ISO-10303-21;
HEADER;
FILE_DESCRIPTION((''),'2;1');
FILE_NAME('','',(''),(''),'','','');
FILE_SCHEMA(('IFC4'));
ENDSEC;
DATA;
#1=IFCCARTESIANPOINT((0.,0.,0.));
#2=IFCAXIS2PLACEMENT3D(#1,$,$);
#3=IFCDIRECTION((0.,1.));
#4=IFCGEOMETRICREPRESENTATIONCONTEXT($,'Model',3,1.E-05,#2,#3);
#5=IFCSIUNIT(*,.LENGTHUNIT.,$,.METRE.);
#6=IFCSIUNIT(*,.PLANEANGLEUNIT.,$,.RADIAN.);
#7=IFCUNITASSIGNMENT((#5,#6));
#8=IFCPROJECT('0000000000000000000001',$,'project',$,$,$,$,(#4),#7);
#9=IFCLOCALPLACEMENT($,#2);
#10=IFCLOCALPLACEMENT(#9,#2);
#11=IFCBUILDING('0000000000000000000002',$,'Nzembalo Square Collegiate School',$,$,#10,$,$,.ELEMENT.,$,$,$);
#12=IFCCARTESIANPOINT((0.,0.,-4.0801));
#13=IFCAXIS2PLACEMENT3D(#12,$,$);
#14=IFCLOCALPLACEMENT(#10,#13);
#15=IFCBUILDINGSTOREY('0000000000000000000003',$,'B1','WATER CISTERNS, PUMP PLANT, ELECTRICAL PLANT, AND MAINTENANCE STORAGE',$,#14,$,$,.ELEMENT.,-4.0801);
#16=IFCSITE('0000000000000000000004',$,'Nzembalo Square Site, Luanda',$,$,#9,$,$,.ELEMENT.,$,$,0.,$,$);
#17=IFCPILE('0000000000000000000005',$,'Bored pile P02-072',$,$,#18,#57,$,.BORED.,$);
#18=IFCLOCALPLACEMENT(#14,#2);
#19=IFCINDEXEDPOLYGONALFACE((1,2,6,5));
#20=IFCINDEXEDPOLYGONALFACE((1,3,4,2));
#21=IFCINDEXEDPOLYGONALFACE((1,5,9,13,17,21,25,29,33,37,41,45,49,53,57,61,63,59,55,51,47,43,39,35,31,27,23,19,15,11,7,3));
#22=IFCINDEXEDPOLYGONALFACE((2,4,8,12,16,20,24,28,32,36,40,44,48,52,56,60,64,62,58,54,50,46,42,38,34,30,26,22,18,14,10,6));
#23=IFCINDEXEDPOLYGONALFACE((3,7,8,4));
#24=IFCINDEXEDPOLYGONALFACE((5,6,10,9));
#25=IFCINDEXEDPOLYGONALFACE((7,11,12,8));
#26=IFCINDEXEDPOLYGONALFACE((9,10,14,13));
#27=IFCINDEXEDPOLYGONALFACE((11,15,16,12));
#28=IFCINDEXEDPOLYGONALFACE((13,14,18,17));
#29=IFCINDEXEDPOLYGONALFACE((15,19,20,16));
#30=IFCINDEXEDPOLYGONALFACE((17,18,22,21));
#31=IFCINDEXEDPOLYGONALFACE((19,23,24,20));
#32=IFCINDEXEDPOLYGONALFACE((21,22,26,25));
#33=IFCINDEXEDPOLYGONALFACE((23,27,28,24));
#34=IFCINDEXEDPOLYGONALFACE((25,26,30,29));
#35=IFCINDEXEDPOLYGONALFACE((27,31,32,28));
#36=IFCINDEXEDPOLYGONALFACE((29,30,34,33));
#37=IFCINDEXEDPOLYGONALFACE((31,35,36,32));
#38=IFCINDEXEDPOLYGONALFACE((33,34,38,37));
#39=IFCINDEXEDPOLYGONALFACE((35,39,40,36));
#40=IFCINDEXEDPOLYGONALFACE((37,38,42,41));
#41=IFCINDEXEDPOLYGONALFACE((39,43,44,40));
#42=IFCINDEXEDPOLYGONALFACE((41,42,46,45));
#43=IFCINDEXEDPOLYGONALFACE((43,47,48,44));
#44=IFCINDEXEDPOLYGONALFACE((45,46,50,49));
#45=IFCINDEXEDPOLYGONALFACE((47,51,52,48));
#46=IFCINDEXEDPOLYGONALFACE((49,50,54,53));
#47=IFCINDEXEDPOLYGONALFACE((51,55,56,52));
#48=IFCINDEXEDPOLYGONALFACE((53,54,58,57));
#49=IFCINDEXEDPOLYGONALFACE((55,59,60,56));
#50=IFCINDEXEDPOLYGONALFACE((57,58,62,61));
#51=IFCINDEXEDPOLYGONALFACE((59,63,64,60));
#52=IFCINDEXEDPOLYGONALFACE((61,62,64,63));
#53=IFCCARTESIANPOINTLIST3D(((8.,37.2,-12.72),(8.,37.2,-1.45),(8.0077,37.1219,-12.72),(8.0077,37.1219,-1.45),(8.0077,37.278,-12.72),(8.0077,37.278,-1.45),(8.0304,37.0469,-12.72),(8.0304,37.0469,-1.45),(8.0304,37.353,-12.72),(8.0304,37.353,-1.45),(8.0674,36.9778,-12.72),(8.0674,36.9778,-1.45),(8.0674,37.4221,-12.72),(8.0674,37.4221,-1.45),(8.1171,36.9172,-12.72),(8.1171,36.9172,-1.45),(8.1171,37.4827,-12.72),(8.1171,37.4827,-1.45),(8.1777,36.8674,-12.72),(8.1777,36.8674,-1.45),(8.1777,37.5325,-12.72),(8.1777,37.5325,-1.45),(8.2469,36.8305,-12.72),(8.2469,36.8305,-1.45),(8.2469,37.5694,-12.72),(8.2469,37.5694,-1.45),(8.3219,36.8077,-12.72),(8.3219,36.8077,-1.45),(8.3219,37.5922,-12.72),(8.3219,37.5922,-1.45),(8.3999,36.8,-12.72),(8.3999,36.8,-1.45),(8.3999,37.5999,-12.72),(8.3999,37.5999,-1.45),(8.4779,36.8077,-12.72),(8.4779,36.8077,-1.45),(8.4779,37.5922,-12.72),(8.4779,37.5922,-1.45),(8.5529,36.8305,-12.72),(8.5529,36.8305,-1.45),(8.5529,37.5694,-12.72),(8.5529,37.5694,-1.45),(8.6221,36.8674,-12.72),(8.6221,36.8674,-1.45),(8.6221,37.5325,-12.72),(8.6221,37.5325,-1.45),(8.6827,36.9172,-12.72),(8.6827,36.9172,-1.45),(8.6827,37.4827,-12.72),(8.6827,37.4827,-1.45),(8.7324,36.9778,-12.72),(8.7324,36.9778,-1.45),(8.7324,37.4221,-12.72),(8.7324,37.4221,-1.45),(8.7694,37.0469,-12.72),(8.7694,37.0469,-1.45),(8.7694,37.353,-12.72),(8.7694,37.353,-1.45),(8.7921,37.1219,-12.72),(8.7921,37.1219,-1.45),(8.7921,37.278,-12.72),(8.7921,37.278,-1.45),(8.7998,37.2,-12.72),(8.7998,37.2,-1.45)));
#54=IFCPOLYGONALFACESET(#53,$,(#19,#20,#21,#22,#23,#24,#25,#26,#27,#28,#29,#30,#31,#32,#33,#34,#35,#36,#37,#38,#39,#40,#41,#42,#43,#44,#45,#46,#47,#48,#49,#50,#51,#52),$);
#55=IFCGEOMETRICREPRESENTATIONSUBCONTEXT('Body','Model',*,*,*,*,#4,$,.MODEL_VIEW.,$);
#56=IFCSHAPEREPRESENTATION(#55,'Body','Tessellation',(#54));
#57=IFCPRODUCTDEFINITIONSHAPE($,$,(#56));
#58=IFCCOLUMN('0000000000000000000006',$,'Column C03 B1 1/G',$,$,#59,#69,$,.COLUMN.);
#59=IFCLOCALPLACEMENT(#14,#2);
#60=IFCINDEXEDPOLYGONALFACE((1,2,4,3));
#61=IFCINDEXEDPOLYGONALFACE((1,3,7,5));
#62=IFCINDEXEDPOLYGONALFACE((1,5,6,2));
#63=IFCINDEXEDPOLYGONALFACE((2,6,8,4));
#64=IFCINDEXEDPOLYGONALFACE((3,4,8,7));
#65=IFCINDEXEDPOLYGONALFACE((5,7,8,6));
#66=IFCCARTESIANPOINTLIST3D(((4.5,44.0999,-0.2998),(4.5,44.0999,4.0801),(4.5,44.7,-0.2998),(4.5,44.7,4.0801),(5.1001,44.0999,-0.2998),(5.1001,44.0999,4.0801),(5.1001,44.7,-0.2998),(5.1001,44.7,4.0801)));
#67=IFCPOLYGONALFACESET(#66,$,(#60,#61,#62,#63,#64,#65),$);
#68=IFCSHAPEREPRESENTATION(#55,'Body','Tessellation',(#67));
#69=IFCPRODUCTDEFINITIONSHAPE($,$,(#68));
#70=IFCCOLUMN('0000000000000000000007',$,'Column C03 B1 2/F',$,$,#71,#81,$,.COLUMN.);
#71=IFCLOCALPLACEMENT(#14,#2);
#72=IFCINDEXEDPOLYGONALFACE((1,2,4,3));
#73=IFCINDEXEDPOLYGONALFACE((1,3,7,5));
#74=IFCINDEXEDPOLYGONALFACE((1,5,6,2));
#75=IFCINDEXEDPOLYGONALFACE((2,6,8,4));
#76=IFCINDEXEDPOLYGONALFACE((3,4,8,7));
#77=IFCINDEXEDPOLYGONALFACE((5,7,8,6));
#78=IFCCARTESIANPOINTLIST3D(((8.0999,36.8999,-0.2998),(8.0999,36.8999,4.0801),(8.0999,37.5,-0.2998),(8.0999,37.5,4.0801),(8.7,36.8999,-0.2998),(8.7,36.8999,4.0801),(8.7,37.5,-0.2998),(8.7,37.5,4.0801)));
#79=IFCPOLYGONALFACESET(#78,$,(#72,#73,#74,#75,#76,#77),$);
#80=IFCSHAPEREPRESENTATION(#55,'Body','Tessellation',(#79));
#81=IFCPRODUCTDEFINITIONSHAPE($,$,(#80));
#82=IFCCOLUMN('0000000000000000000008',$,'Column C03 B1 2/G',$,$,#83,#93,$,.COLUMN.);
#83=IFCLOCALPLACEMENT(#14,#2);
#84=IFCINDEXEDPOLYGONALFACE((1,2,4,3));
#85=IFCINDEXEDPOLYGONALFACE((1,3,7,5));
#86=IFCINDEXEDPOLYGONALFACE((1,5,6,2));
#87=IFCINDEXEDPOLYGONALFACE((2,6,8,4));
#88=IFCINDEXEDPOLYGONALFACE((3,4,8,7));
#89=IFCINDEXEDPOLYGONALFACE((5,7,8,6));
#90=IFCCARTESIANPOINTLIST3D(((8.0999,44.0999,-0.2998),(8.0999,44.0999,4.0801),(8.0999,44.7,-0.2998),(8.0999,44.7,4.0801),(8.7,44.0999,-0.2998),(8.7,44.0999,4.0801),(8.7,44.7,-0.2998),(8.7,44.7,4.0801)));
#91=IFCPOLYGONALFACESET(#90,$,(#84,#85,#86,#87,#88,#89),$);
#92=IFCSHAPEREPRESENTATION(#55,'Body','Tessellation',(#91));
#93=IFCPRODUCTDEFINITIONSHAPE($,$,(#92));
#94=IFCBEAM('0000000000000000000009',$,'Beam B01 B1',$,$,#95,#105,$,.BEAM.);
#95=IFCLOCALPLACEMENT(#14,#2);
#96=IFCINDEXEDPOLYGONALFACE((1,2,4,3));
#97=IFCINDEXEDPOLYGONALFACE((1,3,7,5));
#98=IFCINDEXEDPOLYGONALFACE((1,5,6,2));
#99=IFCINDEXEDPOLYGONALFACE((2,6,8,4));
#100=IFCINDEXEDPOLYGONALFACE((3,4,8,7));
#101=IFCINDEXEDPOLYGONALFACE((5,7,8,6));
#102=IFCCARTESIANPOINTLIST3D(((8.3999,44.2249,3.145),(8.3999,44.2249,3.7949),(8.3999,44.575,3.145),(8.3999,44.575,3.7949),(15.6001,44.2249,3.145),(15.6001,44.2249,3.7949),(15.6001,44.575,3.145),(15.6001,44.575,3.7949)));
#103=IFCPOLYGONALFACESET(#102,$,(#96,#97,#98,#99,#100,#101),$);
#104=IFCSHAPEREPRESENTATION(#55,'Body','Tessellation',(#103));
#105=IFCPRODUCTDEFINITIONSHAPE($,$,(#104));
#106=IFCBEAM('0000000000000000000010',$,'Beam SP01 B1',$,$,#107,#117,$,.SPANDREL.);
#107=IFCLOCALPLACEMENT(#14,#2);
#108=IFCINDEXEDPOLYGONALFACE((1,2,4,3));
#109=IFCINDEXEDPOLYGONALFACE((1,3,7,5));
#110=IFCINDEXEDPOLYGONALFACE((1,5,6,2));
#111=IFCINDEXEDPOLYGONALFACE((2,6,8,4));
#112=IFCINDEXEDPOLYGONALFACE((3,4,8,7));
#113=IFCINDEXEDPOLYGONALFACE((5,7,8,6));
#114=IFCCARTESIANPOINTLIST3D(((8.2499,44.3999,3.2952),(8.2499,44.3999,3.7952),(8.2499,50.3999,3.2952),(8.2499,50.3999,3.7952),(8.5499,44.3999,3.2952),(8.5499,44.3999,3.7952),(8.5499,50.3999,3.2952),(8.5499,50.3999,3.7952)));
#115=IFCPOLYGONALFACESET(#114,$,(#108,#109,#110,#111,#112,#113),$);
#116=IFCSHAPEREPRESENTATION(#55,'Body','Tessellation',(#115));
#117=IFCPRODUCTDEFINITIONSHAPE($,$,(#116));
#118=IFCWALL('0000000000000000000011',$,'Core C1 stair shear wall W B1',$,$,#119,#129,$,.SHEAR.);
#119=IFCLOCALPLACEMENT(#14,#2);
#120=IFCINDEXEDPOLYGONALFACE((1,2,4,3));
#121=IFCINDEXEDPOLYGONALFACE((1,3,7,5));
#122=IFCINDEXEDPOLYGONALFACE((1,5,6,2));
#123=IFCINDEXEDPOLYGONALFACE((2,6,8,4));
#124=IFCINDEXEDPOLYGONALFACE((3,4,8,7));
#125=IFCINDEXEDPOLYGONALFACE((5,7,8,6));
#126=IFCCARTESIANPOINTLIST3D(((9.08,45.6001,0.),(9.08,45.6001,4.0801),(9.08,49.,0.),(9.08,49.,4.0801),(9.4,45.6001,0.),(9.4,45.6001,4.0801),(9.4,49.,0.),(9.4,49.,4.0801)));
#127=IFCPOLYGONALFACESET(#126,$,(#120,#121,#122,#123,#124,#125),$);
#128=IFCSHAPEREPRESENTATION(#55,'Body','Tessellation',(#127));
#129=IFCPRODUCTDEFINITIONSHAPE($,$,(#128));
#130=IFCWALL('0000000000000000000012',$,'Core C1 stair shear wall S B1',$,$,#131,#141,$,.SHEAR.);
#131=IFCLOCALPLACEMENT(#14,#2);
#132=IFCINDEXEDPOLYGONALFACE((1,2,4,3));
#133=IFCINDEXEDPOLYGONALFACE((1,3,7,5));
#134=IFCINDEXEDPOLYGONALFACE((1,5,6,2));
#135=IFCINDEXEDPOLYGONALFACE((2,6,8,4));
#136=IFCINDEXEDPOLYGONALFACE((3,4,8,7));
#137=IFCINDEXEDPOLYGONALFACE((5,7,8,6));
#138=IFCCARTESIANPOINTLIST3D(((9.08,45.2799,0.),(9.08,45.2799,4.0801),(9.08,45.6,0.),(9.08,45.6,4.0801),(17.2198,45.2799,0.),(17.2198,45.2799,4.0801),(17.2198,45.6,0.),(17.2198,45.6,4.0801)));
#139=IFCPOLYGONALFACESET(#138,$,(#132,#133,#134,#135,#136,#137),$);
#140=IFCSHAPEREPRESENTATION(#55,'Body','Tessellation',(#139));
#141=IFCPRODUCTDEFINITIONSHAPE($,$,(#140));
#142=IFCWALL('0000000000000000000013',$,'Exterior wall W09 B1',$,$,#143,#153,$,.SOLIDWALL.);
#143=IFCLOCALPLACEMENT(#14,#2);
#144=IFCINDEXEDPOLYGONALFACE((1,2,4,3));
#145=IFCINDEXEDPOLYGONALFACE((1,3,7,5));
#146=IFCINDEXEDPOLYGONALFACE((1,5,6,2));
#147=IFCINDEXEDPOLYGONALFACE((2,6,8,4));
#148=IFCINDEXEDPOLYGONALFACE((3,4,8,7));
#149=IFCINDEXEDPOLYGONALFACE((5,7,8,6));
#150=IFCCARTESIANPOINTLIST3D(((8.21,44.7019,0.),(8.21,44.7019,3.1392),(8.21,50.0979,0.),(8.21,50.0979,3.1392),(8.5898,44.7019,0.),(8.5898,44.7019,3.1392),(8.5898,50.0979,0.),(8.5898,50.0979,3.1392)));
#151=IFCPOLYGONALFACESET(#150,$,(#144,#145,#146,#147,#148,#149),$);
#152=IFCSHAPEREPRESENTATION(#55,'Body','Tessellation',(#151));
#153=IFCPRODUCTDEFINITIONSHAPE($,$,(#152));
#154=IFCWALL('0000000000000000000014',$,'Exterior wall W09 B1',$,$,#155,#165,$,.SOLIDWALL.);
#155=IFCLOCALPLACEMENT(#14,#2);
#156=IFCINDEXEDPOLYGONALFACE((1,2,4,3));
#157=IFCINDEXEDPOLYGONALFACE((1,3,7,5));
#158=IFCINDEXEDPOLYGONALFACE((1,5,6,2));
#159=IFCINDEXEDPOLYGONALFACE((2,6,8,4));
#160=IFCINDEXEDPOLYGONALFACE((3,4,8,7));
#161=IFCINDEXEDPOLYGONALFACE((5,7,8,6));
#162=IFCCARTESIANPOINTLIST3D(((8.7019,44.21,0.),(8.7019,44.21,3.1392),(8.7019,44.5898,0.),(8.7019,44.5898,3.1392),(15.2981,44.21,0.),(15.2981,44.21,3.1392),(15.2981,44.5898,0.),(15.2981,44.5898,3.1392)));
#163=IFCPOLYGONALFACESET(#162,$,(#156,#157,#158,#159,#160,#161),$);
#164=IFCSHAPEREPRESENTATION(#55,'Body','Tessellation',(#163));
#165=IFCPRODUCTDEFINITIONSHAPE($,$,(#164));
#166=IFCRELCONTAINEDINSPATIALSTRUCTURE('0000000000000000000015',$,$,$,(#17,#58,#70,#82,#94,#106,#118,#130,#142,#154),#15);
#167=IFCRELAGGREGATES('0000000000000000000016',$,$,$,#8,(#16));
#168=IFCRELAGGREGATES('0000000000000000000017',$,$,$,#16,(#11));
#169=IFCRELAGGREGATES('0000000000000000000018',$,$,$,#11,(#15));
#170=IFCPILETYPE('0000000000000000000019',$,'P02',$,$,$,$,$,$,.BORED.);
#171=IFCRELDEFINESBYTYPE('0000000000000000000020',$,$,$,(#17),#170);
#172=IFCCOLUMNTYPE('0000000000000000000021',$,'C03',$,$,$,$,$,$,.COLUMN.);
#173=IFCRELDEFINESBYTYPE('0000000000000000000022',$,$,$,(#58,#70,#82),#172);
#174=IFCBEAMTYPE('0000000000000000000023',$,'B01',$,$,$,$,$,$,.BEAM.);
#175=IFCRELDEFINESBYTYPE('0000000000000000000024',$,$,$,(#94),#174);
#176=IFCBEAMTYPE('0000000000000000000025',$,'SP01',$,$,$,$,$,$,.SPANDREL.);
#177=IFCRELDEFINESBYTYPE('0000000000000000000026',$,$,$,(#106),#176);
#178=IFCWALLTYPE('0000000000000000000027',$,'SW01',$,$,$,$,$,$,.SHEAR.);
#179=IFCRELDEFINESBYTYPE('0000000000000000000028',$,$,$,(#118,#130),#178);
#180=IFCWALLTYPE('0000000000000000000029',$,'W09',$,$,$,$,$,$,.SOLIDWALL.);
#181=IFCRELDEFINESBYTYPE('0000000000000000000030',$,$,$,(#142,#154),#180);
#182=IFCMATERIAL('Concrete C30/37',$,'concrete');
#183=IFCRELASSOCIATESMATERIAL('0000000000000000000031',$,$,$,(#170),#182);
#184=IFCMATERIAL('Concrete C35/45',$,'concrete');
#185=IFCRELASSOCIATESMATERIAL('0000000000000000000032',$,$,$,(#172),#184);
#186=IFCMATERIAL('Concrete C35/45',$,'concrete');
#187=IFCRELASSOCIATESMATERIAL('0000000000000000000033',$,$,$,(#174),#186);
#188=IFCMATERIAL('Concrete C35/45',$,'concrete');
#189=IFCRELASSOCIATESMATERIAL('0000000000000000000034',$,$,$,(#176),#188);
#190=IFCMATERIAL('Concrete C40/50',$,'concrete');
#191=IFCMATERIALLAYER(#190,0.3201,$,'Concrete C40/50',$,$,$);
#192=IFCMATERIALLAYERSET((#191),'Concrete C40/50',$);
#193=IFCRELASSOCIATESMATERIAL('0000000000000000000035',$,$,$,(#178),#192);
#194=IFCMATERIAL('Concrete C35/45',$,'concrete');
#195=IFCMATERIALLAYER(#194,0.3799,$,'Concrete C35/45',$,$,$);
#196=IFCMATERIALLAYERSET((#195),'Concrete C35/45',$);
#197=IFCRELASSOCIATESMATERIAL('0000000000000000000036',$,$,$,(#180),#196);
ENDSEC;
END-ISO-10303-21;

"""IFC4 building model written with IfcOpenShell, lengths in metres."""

from ifc_helpers import new_model, si_unit, direction, frame, frame_2d, origin, origin_2d, place, context, subcontext, project, spatial, rectangle, circle, extrude, material, layer, layer_set, material_profile, profile_set, type_object, element, save


model = new_model("IFC4")

# Units and contexts
model_context = context("Model", 3, precision=1e-05, world=origin(), true_north=direction((0.0, 1.0)))
body_context = subcontext(model_context, "Body", "Model", "MODEL_VIEW")
ifc_project = project(units=[si_unit("LENGTHUNIT", "METRE"), si_unit("PLANEANGLEUNIT", "RADIAN")], contexts=[model_context])

# Site, building, storey
site_placement = place(None, origin())
site = spatial("IfcSite", under=ifc_project, at=site_placement, Name="Nzembalo Square Site, Luanda", CompositionType="ELEMENT", RefElevation=0.0)
building_placement = place(site_placement, origin())
building = spatial("IfcBuilding", under=site, at=building_placement, Name="Nzembalo Square Collegiate School", CompositionType="ELEMENT")
storey_placement = place(building_placement, frame((0.0, 0.0, -4.0801)))
storey = spatial("IfcBuildingStorey", under=building, at=storey_placement, Name="B1", Description="WATER CISTERNS, PUMP PLANT, ELECTRICAL PLANT, AND MAINTENANCE STORAGE", CompositionType="ELEMENT", Elevation=-4.0801)

# Pile
ifc_material_1 = material(Name="Concrete C30/37", Category="concrete")
ifc_material_profile_1 = material_profile(ifc_material_1, circle(Radius=0.3999, at=origin_2d()), Name="PILE D800")
ifc_profile_set_1 = profile_set([ifc_material_profile_1], Name="Concrete C30/37")
pile_type_1 = type_object("IfcPileType", Name="P02", PredefinedType="BORED", material=ifc_profile_set_1)
pile_1_placement = place(storey_placement, frame((8.3999, 37.2, -1.45), z_axis=(0.0, 0.0, -1.0), x_axis=(1.0, 0.0, 0.0)))
element("IfcPile", 1, at=pile_1_placement, inside=storey, type_object=pile_type_1, Name="Bored pile P02-072", PredefinedType="BORED", context=body_context, shape_type="SweptSolid", body=[
    extrude(circle(Radius=0.3999, at=origin_2d()), origin(), (0.0, 0.0, 1.0), 11.27),
])

# Columns
ifc_material_2 = material(Name="Concrete C35/45", Category="concrete")
ifc_material_profile_2 = material_profile(ifc_material_2, rectangle(XDim=0.6001, YDim=0.6001, at=origin_2d()), Name="RC 600x600")
ifc_profile_set_2 = profile_set([ifc_material_profile_2], Name="Concrete C35/45")
column_type = type_object("IfcColumnType", Name="C03", PredefinedType="COLUMN", material=ifc_profile_set_2)
for number, where, z_axis, x_axis, name in (
    (2, (4.8, 44.3999, -0.2998), (0.0, 0.0, 1.0), (1.0, 0.0, 0.0), "Column C03 B1 1/G"),
    (3, (8.3999, 37.2, -0.2998), (0.0, 0.0, 1.0), (1.0, 0.0, 0.0), "Column C03 B1 2/F"),
    (4, (8.3999, 44.3999, -0.2998), (0.0, 0.0, 1.0), (1.0, 0.0, 0.0), "Column C03 B1 2/G"),
):
    element("IfcColumn", number, at=place(storey_placement, frame(where, z_axis=z_axis, x_axis=x_axis)), inside=storey, type_object=column_type, Name=name, PredefinedType="COLUMN", context=body_context, shape_type="SweptSolid", body=[
        extrude(rectangle(XDim=0.6001, YDim=0.6001, at=origin_2d()), origin(), (0.0, 0.0, 1.0), 4.3799),
    ])

# Beams
ifc_material_3 = material(Name="Concrete C35/45", Category="concrete")
ifc_material_profile_3 = material_profile(ifc_material_3, rectangle(XDim=0.3501, YDim=0.6499, at=origin_2d()), Name="RC 350x650")
ifc_profile_set_3 = profile_set([ifc_material_profile_3], Name="Concrete C35/45")
beam_type_1 = type_object("IfcBeamType", Name="B01", PredefinedType="BEAM", material=ifc_profile_set_3)
beam_1_placement = place(storey_placement, frame((8.3999, 44.3999, 3.47), z_axis=(1.0, 0.0, 0.0), x_axis=(0.0, 1.0, 0.0)))
element("IfcBeam", 5, at=beam_1_placement, inside=storey, type_object=beam_type_1, Name="Beam B01 B1", PredefinedType="BEAM", context=body_context, shape_type="SweptSolid", body=[
    extrude(rectangle(XDim=0.3501, YDim=0.6499, at=origin_2d()), origin(), (0.0, 0.0, 1.0), 7.2002),
])
ifc_material_4 = material(Name="Concrete C35/45", Category="concrete")
ifc_material_profile_4 = material_profile(ifc_material_4, rectangle(XDim=0.3, YDim=0.5, at=origin_2d()), Name="RC 300x500")
ifc_profile_set_4 = profile_set([ifc_material_profile_4], Name="Concrete C35/45")
beam_type_2 = type_object("IfcBeamType", Name="SP01", PredefinedType="SPANDREL", material=ifc_profile_set_4)
beam_2_placement = place(storey_placement, frame((8.3999, 44.3999, 3.5452), z_axis=(0.0, 1.0, 0.0), x_axis=(-1.0, 0.0, 0.0)))
element("IfcBeam", 6, at=beam_2_placement, inside=storey, type_object=beam_type_2, Name="Beam SP01 B1", PredefinedType="SPANDREL", context=body_context, shape_type="SweptSolid", body=[
    extrude(rectangle(XDim=0.3, YDim=0.5, at=origin_2d()), origin(), (0.0, 0.0, 1.0), 6.0),
])

# Walls
ifc_material_5 = material(Name="Concrete C40/50", Category="concrete")
ifc_layer_1 = layer(ifc_material_5, 0.3201, Name="Concrete C40/50")
ifc_layer_set_1 = layer_set([ifc_layer_1], Name="Concrete C40/50")
wall_type_1 = type_object("IfcWallType", Name="SW01", PredefinedType="SHEAR", material=ifc_layer_set_1)
wall_1_placement = place(storey_placement, frame((9.24, 45.6001, 0.0), z_axis=(0.0, 0.0, 1.0), x_axis=(0.0, 1.0, 0.0)))
element("IfcWall", 7, at=wall_1_placement, inside=storey, type_object=wall_type_1, Name="Core C1 stair shear wall W B1", PredefinedType="SHEAR", context=body_context, shape_type="SweptSolid", body=[
    extrude(rectangle(XDim=3.3999, YDim=0.3201, at=frame_2d((1.7, 0.0))), origin(), (0.0, 0.0, 1.0), 4.0801),
])
wall_2_placement = place(storey_placement, frame((9.0801, 45.4399, 0.0), z_axis=(0.0, 0.0, 1.0), x_axis=(1.0, 0.0, 0.0)))
element("IfcWall", 8, at=wall_2_placement, inside=storey, type_object=wall_type_1, Name="Core C1 stair shear wall S B1", PredefinedType="SHEAR", context=body_context, shape_type="SweptSolid", body=[
    extrude(rectangle(XDim=8.1399, YDim=0.3201, at=frame_2d((4.0698, 0.0))), origin(), (0.0, 0.0, 1.0), 4.0801),
])
ifc_material_6 = material(Name="Concrete C35/45", Category="concrete")
ifc_layer_2 = layer(ifc_material_6, 0.3799, Name="Concrete C35/45")
ifc_layer_set_2 = layer_set([ifc_layer_2], Name="Concrete C35/45")
wall_type_2 = type_object("IfcWallType", Name="W09", PredefinedType="SOLIDWALL", material=ifc_layer_set_2)
wall_3_placement = place(storey_placement, frame((8.3999, 44.7019, 0.0), z_axis=(0.0, 0.0, 1.0), x_axis=(0.0, 1.0, 0.0)))
element("IfcWall", 9, at=wall_3_placement, inside=storey, type_object=wall_type_2, Name="Exterior wall W09 B1", PredefinedType="SOLIDWALL", context=body_context, shape_type="SweptSolid", body=[
    extrude(rectangle(XDim=5.396, YDim=0.3799, at=frame_2d((2.698, 0.0))), origin(), (0.0, 0.0, 1.0), 3.1392),
])
wall_4_placement = place(storey_placement, frame((8.7019, 44.3999, 0.0), z_axis=(0.0, 0.0, 1.0), x_axis=(1.0, 0.0, 0.0)))
element("IfcWall", 10, at=wall_4_placement, inside=storey, type_object=wall_type_2, Name="Exterior wall W09 B1", PredefinedType="SOLIDWALL", context=body_context, shape_type="SweptSolid", body=[
    extrude(rectangle(XDim=6.5962, YDim=0.3799, at=frame_2d((3.2981, 0.0))), origin(), (0.0, 0.0, 1.0), 3.1392),
])

save(model, "model.ifc")
